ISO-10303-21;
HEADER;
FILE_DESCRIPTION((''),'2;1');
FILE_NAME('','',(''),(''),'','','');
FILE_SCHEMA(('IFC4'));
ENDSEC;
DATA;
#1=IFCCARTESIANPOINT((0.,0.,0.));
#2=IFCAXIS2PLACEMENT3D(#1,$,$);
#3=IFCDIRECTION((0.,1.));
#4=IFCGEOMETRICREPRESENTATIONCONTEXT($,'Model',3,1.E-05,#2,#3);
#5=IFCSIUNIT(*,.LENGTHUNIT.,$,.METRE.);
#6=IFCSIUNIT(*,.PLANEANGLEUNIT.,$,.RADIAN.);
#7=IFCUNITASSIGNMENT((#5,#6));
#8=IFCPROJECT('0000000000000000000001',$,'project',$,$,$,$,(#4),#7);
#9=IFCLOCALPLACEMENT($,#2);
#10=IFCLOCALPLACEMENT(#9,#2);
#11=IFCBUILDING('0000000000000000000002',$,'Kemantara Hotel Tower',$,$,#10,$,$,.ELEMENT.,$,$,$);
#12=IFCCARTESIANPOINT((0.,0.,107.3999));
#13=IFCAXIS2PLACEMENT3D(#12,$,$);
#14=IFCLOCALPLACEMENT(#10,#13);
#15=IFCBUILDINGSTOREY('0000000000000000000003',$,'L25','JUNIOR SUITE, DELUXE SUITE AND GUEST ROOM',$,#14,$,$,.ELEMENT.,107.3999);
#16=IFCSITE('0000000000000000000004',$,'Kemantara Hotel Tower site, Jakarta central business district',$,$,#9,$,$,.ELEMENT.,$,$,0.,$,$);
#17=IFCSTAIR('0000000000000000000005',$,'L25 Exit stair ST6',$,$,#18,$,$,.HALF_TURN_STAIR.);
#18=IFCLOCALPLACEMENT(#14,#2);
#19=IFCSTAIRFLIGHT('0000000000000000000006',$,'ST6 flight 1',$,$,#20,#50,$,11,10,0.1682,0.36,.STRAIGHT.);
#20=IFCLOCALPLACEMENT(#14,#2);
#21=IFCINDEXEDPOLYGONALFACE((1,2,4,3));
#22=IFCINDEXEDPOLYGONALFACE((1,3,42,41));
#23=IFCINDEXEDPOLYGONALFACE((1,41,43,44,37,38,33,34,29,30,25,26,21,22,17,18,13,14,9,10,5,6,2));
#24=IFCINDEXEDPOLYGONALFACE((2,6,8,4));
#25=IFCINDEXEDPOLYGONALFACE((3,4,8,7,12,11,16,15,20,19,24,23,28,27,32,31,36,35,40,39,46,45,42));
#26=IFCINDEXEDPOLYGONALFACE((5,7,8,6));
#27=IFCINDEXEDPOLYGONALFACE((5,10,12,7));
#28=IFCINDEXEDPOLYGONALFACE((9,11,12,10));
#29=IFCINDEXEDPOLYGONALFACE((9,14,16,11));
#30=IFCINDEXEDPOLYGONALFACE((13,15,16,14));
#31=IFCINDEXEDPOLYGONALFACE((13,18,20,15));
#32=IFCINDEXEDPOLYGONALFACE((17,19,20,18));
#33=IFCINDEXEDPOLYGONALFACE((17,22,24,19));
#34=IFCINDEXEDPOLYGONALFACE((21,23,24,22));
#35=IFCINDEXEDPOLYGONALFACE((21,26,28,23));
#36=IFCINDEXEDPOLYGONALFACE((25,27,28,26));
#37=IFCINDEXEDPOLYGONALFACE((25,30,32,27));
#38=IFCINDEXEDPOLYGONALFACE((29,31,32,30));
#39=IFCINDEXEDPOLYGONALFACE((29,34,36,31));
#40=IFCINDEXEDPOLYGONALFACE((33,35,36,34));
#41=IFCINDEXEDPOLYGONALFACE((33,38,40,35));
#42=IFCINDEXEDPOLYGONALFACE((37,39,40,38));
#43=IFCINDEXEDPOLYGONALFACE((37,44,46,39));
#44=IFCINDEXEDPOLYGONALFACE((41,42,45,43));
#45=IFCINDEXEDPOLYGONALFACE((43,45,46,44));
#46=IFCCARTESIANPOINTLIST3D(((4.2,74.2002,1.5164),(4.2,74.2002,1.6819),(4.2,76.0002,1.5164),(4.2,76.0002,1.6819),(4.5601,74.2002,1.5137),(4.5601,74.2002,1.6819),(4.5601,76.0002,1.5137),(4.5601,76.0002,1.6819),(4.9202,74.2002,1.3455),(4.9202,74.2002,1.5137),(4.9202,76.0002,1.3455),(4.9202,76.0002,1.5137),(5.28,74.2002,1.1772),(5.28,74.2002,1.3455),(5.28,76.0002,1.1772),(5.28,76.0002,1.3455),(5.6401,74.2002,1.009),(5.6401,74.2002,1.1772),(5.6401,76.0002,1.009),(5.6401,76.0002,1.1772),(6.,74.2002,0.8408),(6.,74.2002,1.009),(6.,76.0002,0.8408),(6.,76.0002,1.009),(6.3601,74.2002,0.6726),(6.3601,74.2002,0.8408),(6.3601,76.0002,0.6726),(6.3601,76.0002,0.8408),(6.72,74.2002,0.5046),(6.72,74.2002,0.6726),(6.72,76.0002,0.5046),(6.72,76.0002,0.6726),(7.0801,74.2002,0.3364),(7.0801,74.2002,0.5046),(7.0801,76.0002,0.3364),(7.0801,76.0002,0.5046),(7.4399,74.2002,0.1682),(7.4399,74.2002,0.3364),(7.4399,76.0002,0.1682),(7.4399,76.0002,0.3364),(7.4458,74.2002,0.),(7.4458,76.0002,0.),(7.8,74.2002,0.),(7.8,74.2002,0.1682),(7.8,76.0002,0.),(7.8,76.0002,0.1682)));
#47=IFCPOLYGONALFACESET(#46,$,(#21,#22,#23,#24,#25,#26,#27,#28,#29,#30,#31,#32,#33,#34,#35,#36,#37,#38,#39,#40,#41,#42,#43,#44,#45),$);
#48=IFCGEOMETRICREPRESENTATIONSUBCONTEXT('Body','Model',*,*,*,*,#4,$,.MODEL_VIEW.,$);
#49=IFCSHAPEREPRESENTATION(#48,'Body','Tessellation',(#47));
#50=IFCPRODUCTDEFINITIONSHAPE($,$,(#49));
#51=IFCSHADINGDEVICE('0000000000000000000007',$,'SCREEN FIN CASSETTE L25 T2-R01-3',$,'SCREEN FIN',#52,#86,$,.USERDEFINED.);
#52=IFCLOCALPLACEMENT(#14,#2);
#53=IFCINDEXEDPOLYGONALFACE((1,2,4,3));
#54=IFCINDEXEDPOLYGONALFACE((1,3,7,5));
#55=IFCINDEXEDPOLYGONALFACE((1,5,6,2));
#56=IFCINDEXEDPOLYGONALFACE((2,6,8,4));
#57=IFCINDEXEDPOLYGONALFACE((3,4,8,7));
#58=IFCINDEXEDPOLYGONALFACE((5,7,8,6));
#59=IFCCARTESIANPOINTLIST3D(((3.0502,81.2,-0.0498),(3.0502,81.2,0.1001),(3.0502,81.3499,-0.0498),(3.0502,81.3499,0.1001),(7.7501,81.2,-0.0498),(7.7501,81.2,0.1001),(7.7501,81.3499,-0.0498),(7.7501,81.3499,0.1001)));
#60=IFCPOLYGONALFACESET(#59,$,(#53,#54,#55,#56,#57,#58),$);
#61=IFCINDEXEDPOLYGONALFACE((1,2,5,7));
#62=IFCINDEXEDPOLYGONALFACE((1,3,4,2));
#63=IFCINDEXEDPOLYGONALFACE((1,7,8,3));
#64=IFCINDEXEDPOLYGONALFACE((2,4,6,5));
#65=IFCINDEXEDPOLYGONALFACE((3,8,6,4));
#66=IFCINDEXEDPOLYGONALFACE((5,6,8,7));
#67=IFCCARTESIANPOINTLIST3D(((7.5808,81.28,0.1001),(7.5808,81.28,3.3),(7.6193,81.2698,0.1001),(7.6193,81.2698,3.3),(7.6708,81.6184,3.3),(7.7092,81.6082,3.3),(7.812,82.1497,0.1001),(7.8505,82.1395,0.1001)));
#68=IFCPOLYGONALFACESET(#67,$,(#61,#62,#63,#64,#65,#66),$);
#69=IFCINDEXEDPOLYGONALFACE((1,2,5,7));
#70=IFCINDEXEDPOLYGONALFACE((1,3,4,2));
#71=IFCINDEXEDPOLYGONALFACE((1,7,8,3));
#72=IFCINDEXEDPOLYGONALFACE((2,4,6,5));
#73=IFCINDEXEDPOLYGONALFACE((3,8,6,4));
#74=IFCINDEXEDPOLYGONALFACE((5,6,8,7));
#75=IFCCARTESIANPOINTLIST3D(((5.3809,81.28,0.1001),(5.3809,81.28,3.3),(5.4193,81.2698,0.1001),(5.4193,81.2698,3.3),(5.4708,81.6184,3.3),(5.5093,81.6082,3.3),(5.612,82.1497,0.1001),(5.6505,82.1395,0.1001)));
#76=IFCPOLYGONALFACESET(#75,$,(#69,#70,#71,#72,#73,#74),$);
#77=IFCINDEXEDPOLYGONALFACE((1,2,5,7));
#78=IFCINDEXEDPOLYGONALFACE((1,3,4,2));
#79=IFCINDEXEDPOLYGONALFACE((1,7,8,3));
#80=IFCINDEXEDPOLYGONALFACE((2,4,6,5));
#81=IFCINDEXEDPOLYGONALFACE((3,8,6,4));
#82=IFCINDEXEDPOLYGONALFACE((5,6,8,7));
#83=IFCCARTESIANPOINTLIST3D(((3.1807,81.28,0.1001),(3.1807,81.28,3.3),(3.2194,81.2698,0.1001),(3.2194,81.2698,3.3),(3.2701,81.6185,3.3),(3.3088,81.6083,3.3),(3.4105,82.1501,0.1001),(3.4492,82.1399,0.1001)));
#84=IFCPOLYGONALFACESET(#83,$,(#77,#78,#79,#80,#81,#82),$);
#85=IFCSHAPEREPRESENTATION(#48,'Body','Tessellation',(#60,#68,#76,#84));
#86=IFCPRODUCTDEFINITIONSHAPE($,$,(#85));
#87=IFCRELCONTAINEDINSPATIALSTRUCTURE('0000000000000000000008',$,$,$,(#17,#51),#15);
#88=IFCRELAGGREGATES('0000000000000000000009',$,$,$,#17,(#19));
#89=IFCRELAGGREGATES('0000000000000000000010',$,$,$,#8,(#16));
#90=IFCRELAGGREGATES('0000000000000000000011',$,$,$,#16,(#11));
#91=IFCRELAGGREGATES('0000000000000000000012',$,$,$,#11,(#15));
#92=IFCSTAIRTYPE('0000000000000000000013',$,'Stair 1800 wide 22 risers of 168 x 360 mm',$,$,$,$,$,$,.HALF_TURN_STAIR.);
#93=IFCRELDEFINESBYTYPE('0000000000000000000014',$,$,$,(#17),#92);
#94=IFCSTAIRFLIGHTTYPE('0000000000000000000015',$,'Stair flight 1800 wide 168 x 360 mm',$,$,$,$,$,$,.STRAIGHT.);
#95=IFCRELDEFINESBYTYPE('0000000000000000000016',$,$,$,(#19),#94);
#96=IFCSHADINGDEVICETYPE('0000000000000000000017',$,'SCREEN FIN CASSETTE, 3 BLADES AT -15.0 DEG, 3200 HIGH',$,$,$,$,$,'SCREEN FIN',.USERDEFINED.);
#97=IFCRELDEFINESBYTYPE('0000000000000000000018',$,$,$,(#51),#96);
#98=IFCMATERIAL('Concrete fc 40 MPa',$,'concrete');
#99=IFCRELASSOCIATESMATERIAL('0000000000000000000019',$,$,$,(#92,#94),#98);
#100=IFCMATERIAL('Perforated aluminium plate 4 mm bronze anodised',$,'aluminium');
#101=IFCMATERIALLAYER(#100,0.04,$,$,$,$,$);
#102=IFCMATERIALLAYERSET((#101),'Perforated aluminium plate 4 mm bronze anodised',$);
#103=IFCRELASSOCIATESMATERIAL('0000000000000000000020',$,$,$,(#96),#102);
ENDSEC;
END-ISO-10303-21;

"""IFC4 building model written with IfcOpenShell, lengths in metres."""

from ifc_helpers import new_model, si_unit, direction, frame, origin, origin_2d, place, context, subcontext, project, spatial, polyline, rectangle, outline, extrude, source, transform, mapped, material, layer, layer_set, type_object, element, aggregate, save


model = new_model("IFC4")

# Units and contexts
model_context = context("Model", 3, precision=1e-05, world=origin(), true_north=direction((0.0, 1.0)))
body_context = subcontext(model_context, "Body", "Model", "MODEL_VIEW")
ifc_project = project(units=[si_unit("LENGTHUNIT", "METRE"), si_unit("PLANEANGLEUNIT", "RADIAN")], contexts=[model_context])

# Site, building, storey
site_placement = place(None, origin())
site = spatial("IfcSite", under=ifc_project, at=site_placement, Name="Kemantara Hotel Tower site, Jakarta central business district", CompositionType="ELEMENT", RefElevation=0.0)
building_placement = place(site_placement, origin())
building = spatial("IfcBuilding", under=site, at=building_placement, Name="Kemantara Hotel Tower", CompositionType="ELEMENT")
storey_placement = place(building_placement, frame((0.0, 0.0, 107.3999)))
storey = spatial("IfcBuildingStorey", under=building, at=storey_placement, Name="L25", Description="JUNIOR SUITE, DELUXE SUITE AND GUEST ROOM", CompositionType="ELEMENT", Elevation=107.3999)

# Stair, stair flight
ifc_material_1 = material(Name="Concrete fc 40 MPa", Category="concrete")
stair_type = type_object("IfcStairType", Name="Stair 1800 wide 22 risers of 168 x 360 mm", PredefinedType="HALF_TURN_STAIR", material=ifc_material_1)
stair_placement = place(storey_placement, origin())
stair = element("IfcStair", 1, at=stair_placement, inside=storey, type_object=stair_type, Name="L25 Exit stair ST6", PredefinedType="HALF_TURN_STAIR")
stair_flight_type = type_object("IfcStairFlightType", Name="Stair flight 1800 wide 168 x 360 mm", PredefinedType="STRAIGHT", material=ifc_material_1)
stair_flight_placement = place(storey_placement, frame((7.8, 75.1001, 0.0), z_axis=(0.0, 0.0, 1.0), x_axis=(-1.0, 0.0, 0.0)))
stair_flight = element("IfcStairFlight", 2, at=stair_flight_placement, type_object=stair_flight_type, Name="ST6 flight 1", NumberOfRisers=11, NumberOfTreads=10, PredefinedType="STRAIGHT", RiserHeight=0.1682, TreadLength=0.36, context=body_context, shape_type="SweptSolid", body=[
    extrude(outline(polyline([(0.0, 0.0), (0.0, 0.1682), (0.3601, 0.1682), (0.3601, 0.3364), (0.72, 0.3364), (0.72, 0.5046), (1.0801, 0.5046), (1.0801, 0.6726), (1.4399, 0.6726), (1.4399, 0.8408), (1.8, 0.8408), (1.8, 1.009), (2.1599, 1.009), (2.1599, 1.1772), (2.52, 1.1772), (2.52, 1.3455), (2.8799, 1.3455), (2.8799, 1.5137), (3.24, 1.5137), (3.24, 1.6819), (3.6001, 1.6819), (3.6001, 1.8501), (3.6001, 1.5164), (0.3542, 0.0), (0.0, 0.0)])), frame((0.0, 0.8999, 0.0), z_axis=(0.0, -1.0, 0.0), x_axis=(1.0, 0.0, 0.0)), (0.0, 0.0, 1.0), 1.8),
])
aggregate(stair, [stair_flight])

# Shading device
ifc_material_2 = material(Name="Perforated aluminium plate 4 mm bronze anodised", Category="aluminium")
ifc_layer_1 = layer(ifc_material_2, 0.04)
ifc_layer_set_1 = layer_set([ifc_layer_1], Name="Perforated aluminium plate 4 mm bronze anodised")
shading_device_type = type_object("IfcShadingDeviceType", Name="SCREEN FIN CASSETTE, 3 BLADES AT -15.0 DEG, 3200 HIGH", ElementType="SCREEN FIN", PredefinedType="USERDEFINED", material=ifc_layer_set_1)
shared_shape_1 = source(origin(), body_context, "Body", "SweptSolid", [
    extrude(rectangle(XDim=4.7, YDim=0.1499, at=origin_2d()), frame((2.2, -0.075, -0.1499), z_axis=(0.0, 0.0, 1.0), x_axis=(1.0, 0.0, 0.0)), (0.0, 0.0, 1.0), 0.1499),
    extrude(outline(polyline([(0.0, 0.0), (0.8999, 0.0), (0.3501, 3.2), (0.0, 3.2), (0.0, 0.0)])), frame((0.0193, -0.0801, 0.0), z_axis=(-0.966438, 0.256901, 0.0), x_axis=(-0.256901, -0.966438, 0.0)), (0.0, 0.0, 1.0), 0.0398),
    extrude(outline(polyline([(0.0, 0.0), (0.8999, 0.0), (0.3501, 3.2), (0.0, 3.2), (0.0, 0.0)])), frame((2.2192, -0.0801, 0.0), z_axis=(-0.966438, 0.256901, 0.0), x_axis=(-0.256901, -0.966438, 0.0)), (0.0, 0.0, 1.0), 0.0398),
    extrude(outline(polyline([(0.0, 0.0), (0.8999, 0.0), (0.3501, 3.2), (0.0, 3.2), (0.0, 0.0)])), frame((4.4194, -0.0801, 0.0), z_axis=(-0.966838, 0.255391, 0.0), x_axis=(-0.255391, -0.966838, 0.0)), (0.0, 0.0, 1.0), 0.04),
])
shading_device_placement = place(storey_placement, frame((7.6001, 81.2, 0.1001), z_axis=(0.0, 0.0, 1.0), x_axis=(-1.0, 0.0, 0.0)))
element("IfcShadingDevice", 3, at=shading_device_placement, inside=storey, type_object=shading_device_type, Name="SCREEN FIN CASSETTE L25 T2-R01-3", ObjectType="SCREEN FIN", PredefinedType="USERDEFINED", context=body_context, shape_type="MappedRepresentation", body=[
    mapped(shared_shape_1, transform((0.0, 0.0, 0.0))),
])

save(model, "model.ifc")
